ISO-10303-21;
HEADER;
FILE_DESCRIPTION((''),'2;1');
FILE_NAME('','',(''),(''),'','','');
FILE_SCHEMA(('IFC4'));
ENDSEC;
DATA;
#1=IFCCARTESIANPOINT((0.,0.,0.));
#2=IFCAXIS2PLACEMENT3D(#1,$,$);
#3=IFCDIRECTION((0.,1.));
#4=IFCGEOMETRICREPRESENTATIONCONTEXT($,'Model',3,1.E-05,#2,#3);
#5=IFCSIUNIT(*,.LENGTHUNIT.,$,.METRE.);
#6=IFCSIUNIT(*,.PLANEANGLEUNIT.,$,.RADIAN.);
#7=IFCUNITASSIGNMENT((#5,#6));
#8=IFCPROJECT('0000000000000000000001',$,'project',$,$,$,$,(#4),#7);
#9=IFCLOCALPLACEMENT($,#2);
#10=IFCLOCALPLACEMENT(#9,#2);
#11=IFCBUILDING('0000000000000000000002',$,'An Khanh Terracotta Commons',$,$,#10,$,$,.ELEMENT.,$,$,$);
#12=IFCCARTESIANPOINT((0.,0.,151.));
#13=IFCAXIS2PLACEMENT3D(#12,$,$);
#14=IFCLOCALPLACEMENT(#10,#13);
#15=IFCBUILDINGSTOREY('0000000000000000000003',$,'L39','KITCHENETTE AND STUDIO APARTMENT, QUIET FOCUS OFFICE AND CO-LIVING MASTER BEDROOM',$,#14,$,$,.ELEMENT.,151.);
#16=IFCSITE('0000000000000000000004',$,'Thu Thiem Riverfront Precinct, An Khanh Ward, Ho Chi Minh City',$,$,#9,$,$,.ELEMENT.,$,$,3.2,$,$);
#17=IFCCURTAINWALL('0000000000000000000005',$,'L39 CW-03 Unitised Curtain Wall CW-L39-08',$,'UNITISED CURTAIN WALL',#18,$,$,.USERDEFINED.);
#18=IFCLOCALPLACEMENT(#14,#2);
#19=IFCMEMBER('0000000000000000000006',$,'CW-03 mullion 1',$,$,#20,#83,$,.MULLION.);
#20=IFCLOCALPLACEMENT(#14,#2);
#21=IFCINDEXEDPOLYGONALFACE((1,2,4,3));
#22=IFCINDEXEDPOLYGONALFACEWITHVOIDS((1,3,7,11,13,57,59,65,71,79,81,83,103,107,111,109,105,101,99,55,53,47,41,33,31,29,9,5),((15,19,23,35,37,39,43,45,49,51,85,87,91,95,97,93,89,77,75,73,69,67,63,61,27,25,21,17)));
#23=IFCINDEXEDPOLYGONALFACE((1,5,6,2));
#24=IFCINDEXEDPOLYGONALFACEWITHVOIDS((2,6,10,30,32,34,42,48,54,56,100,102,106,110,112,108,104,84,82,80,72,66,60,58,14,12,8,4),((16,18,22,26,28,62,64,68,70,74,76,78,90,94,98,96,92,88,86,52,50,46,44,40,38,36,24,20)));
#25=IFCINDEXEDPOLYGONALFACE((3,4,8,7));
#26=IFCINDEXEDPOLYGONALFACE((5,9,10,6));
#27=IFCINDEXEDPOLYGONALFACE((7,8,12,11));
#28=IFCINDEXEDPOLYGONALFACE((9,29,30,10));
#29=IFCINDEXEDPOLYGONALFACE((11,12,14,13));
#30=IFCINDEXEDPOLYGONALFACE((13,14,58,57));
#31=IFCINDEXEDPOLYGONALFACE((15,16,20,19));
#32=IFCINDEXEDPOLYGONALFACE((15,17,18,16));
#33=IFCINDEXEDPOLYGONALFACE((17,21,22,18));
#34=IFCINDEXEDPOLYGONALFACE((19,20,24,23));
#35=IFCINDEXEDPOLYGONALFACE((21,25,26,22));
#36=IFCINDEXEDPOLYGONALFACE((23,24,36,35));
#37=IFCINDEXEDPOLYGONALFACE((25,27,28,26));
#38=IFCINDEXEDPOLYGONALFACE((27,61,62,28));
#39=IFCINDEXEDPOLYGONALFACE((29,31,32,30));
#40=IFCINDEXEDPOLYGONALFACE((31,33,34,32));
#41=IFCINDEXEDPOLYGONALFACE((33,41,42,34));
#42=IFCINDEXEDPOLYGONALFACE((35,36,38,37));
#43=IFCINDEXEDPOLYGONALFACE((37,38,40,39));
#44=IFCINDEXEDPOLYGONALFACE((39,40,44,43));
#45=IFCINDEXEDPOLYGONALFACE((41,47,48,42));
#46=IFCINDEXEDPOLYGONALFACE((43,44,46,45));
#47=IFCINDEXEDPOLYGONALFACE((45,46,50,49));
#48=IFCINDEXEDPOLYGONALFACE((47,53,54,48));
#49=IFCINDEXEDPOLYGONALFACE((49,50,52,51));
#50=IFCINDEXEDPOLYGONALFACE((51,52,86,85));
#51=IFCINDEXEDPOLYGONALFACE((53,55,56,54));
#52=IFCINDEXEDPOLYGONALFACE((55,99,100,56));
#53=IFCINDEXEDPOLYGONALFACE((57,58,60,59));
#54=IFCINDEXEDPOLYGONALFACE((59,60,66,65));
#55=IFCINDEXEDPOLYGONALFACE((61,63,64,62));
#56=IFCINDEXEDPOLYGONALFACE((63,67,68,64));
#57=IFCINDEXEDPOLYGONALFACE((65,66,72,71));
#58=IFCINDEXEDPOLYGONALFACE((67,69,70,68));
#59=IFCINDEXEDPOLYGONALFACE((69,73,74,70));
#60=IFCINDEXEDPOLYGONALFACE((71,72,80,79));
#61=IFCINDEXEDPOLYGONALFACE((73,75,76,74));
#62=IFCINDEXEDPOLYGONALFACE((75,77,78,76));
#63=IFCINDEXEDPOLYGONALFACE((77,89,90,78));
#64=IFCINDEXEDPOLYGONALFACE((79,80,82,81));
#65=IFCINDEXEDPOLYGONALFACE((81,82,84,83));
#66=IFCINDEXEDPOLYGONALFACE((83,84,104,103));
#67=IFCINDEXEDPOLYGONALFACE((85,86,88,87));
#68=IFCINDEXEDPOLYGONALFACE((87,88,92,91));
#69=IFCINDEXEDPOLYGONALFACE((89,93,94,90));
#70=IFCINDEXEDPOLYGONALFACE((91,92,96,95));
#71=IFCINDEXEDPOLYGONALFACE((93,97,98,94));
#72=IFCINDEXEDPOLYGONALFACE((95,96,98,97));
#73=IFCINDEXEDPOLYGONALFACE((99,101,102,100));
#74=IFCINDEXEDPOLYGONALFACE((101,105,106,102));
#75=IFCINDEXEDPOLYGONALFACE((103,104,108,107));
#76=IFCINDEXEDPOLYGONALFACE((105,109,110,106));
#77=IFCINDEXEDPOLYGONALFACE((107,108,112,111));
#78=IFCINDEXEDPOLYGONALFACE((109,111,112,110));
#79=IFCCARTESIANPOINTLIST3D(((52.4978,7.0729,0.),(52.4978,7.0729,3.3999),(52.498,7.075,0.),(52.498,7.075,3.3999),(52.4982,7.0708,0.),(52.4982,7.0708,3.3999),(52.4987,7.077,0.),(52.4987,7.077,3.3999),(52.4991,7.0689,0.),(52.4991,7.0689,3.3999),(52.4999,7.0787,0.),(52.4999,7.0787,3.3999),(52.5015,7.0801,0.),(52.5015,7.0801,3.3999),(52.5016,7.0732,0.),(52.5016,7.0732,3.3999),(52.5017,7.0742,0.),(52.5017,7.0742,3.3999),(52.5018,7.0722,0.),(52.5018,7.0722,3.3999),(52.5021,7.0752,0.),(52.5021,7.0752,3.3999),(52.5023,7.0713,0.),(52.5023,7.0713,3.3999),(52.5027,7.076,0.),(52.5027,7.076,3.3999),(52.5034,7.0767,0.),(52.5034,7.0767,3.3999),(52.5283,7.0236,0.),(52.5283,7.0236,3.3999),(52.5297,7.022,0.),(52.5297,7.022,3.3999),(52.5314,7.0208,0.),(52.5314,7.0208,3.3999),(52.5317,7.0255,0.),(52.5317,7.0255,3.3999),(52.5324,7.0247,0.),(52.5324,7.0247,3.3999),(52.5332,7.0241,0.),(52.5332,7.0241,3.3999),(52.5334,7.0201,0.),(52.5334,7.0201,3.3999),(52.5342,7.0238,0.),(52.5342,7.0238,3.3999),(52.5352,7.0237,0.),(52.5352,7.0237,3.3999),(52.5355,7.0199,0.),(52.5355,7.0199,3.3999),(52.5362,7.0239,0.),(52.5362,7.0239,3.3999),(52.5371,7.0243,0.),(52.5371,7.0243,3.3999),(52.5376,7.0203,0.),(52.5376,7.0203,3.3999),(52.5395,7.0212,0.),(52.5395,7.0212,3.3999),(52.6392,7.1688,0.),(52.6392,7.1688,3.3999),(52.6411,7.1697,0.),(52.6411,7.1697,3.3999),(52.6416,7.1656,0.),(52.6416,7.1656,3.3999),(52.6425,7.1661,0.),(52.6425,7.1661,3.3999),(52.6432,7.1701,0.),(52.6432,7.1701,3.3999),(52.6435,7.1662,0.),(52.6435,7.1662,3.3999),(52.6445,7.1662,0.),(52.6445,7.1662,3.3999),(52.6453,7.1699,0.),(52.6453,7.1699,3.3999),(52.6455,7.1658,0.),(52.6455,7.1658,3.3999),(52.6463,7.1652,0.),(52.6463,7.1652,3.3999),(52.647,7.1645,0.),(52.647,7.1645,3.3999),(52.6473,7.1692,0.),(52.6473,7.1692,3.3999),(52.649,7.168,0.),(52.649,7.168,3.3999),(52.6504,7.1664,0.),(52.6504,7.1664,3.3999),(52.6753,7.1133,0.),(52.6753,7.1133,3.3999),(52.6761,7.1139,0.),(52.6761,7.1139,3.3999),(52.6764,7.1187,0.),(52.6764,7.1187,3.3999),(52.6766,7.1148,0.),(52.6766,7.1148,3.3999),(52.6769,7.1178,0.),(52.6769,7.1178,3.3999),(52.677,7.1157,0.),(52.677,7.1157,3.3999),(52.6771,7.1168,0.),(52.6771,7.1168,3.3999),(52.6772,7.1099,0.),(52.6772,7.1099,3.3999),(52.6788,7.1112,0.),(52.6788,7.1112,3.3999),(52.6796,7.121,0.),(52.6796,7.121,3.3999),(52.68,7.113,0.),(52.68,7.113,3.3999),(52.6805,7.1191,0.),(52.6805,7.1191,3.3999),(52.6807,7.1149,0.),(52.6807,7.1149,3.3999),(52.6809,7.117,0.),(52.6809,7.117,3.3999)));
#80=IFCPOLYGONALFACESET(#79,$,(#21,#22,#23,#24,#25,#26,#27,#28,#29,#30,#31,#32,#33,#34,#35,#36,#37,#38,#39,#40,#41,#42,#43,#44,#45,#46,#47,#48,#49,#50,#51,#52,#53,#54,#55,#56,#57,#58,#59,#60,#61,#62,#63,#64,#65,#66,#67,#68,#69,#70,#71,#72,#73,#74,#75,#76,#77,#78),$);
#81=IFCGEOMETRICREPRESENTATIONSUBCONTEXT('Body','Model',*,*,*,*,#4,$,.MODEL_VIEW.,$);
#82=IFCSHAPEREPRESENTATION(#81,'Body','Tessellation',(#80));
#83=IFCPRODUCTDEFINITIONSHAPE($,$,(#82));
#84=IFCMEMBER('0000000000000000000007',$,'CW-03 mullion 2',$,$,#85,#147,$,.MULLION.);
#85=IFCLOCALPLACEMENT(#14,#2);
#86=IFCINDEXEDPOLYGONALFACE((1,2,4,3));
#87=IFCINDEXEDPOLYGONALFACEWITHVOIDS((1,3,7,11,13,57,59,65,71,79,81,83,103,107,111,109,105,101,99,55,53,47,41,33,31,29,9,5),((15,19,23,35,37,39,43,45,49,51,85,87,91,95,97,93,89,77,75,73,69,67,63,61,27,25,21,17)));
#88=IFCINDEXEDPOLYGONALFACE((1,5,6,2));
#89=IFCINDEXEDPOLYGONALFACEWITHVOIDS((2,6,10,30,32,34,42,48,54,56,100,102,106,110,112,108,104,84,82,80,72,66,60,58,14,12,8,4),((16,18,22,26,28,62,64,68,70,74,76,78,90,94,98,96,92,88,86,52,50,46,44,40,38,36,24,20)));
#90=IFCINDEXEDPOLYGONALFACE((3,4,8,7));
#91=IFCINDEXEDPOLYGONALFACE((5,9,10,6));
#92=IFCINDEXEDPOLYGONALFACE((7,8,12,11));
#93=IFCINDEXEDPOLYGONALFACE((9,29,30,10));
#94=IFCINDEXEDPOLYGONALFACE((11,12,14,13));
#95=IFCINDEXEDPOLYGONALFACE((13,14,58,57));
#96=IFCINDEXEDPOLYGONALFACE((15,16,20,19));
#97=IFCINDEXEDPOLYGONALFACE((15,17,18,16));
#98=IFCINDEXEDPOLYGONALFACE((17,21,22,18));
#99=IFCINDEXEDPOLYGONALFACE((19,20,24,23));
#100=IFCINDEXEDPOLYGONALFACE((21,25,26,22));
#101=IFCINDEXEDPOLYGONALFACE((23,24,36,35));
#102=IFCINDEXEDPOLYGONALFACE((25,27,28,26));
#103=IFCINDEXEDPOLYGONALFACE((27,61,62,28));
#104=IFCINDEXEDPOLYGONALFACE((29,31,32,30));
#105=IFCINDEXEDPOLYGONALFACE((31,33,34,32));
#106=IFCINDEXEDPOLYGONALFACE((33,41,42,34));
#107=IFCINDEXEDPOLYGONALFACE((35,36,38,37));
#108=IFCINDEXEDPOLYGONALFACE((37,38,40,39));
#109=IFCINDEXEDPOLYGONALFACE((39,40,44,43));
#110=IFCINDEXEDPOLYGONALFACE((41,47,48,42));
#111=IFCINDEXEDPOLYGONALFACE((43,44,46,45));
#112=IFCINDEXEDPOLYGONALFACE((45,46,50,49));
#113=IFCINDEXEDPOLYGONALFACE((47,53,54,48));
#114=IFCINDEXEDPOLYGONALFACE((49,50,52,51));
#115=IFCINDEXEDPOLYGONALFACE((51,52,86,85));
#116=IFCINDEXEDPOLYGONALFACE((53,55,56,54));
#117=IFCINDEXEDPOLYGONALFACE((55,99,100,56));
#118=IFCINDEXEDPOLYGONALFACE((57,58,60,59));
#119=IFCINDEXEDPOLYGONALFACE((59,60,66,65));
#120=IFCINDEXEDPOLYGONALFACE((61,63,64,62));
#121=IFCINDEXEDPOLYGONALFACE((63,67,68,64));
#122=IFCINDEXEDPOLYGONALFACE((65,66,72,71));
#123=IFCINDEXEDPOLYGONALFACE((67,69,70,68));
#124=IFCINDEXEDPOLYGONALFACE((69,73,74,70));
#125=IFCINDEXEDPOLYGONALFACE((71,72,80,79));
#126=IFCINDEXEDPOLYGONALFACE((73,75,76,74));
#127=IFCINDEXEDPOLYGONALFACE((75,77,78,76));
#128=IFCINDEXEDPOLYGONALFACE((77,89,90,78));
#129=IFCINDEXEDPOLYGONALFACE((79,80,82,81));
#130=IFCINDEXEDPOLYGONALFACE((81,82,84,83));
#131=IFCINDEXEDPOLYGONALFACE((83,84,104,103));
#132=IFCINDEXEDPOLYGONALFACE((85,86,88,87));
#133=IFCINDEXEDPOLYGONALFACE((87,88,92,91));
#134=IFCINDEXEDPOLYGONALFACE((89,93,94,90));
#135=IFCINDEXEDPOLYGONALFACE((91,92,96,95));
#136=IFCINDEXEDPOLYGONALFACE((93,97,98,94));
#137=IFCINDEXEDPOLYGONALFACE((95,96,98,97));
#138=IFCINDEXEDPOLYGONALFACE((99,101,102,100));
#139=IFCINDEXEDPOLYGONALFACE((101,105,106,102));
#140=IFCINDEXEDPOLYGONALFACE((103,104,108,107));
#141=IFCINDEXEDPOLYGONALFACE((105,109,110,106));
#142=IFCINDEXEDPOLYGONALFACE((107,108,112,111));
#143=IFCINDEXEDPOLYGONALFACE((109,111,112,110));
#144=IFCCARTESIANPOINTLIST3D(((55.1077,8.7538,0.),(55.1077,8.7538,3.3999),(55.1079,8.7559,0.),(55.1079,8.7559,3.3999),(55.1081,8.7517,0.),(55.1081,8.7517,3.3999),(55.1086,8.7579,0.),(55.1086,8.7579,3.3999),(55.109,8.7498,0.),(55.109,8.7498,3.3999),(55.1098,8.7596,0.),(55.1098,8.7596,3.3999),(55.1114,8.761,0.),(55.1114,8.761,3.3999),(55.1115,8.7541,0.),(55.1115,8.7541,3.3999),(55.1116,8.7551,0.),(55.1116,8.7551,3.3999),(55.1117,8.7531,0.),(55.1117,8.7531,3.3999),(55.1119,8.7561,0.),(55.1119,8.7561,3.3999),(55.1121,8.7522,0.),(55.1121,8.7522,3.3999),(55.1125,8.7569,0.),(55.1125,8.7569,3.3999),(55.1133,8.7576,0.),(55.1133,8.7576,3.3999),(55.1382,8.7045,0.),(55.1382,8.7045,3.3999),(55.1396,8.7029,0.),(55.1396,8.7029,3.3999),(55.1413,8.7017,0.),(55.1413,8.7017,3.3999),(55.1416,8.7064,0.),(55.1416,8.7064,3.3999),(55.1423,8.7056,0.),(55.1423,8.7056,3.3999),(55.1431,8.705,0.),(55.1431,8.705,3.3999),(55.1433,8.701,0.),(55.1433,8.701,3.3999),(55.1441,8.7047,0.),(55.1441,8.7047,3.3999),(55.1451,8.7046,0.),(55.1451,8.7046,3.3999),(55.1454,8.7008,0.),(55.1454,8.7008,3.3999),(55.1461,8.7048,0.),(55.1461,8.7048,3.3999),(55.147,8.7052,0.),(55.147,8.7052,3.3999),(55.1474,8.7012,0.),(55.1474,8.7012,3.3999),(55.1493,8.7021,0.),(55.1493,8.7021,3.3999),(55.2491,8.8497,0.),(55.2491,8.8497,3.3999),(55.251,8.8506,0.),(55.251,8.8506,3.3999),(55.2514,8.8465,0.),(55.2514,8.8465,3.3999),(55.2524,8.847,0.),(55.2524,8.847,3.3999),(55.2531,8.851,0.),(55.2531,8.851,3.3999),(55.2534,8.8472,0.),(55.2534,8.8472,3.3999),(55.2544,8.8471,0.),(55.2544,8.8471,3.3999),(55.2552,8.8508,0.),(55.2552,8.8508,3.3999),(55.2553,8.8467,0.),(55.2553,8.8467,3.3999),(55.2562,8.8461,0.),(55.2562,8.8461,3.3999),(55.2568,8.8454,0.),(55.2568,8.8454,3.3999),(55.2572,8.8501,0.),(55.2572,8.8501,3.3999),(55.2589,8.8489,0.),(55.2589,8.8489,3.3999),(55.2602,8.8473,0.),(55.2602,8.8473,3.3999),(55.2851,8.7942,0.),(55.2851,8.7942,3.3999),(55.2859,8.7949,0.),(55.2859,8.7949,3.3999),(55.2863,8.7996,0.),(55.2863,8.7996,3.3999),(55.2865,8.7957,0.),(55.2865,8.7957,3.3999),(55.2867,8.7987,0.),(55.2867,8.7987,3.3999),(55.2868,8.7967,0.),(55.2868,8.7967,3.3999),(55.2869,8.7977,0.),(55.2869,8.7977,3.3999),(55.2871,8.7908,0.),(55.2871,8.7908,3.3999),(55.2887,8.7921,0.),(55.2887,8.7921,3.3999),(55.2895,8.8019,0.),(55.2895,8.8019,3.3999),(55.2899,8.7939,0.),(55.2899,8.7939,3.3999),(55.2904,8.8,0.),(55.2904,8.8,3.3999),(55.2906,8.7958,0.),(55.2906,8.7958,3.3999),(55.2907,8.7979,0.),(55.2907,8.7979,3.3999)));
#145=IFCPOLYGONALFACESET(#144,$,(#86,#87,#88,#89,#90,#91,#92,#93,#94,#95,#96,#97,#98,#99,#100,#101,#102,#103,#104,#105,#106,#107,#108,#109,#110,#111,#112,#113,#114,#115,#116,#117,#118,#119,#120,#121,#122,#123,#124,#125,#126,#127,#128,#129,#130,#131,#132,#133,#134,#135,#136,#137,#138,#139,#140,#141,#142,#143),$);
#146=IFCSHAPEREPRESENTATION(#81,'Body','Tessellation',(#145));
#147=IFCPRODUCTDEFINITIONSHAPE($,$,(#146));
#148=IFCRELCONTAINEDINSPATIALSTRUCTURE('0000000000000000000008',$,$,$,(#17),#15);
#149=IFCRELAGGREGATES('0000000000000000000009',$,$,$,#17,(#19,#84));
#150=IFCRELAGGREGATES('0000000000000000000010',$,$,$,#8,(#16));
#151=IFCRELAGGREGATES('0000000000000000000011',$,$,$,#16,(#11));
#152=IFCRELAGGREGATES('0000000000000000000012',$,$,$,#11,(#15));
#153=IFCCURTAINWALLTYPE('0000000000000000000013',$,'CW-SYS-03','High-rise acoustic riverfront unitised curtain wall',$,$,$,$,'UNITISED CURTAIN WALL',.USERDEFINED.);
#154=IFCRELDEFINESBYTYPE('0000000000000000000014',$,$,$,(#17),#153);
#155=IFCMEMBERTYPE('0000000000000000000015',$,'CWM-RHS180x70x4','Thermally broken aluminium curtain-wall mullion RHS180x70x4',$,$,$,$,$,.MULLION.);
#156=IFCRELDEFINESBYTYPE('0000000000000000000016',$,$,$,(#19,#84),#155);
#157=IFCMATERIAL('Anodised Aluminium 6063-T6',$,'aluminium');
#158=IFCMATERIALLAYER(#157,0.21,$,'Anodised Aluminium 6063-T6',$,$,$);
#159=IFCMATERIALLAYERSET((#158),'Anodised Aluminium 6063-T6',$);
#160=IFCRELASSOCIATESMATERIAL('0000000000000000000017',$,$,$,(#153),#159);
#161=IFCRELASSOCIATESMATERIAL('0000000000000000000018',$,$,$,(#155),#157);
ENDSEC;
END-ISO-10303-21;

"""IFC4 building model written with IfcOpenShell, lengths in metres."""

from ifc_helpers import new_model, si_unit, direction, frame, origin, origin_2d, place, context, subcontext, project, spatial, hollow_rectangle, extrude, material, layer, layer_set, material_profile, profile_set, type_object, element, aggregate, save


model = new_model("IFC4")

# Units and contexts
model_context = context("Model", 3, precision=1e-05, world=origin(), true_north=direction((0.0, 1.0)))
body_context = subcontext(model_context, "Body", "Model", "MODEL_VIEW")
ifc_project = project(units=[si_unit("LENGTHUNIT", "METRE"), si_unit("PLANEANGLEUNIT", "RADIAN")], contexts=[model_context])

# Site, building, storey
site_placement = place(None, origin())
site = spatial("IfcSite", under=ifc_project, at=site_placement, Name="Thu Thiem Riverfront Precinct, An Khanh Ward, Ho Chi Minh City", CompositionType="ELEMENT", RefElevation=3.2)
building_placement = place(site_placement, origin())
building = spatial("IfcBuilding", under=site, at=building_placement, Name="An Khanh Terracotta Commons", CompositionType="ELEMENT")
storey_placement = place(building_placement, frame((0.0, 0.0, 151.0)))
storey = spatial("IfcBuildingStorey", under=building, at=storey_placement, Name="L39", Description="KITCHENETTE AND STUDIO APARTMENT, QUIET FOCUS OFFICE AND CO-LIVING MASTER BEDROOM", CompositionType="ELEMENT", Elevation=151.0)

# Curtain wall, members
ifc_material_1 = material(Name="Anodised Aluminium 6063-T6", Category="aluminium")
ifc_layer_1 = layer(ifc_material_1, 0.21, Name="Anodised Aluminium 6063-T6")
ifc_layer_set_1 = layer_set([ifc_layer_1], Name="Anodised Aluminium 6063-T6")
curtain_wall_type = type_object("IfcCurtainWallType", Name="CW-SYS-03", Description="High-rise acoustic riverfront unitised curtain wall", ElementType="UNITISED CURTAIN WALL", PredefinedType="USERDEFINED", material=ifc_layer_set_1)
curtain_wall_placement = place(storey_placement, origin())
curtain_wall = element("IfcCurtainWall", 1, at=curtain_wall_placement, inside=storey, type_object=curtain_wall_type, Name="L39 CW-03 Unitised Curtain Wall CW-L39-08", ObjectType="UNITISED CURTAIN WALL", PredefinedType="USERDEFINED")
ifc_material_profile_1 = material_profile(ifc_material_1, hollow_rectangle(XDim=0.0701, YDim=0.1799, WallThickness=0.0039, InnerFilletRadius=0.0039, OuterFilletRadius=0.0081, at=origin_2d()), Name="RHS180x70x4")
ifc_profile_set_1 = profile_set([ifc_material_profile_1], Name="Anodised Aluminium 6063-T6")
member_type_1 = type_object("IfcMemberType", Name="CWM-RHS180x70x4", Description="Thermally broken aluminium curtain-wall mullion RHS180x70x4", PredefinedType="MULLION", material=ifc_profile_set_1)
member_1_placement = place(storey_placement, frame((52.5894, 7.095, 0.0), z_axis=(0.0, 0.0, 1.0), x_axis=(-0.541498, 0.840702, 0.0)))
member_1 = element("IfcMember", 2, at=member_1_placement, type_object=member_type_1, Name="CW-03 mullion 1", PredefinedType="MULLION", context=body_context, shape_type="SweptSolid", body=[
    extrude(hollow_rectangle(XDim=0.0701, YDim=0.1799, WallThickness=0.0039, InnerFilletRadius=0.0039, OuterFilletRadius=0.0081, at=origin_2d()), origin(), (0.0, 0.0, 1.0), 3.3999),
])
member_2_placement = place(storey_placement, frame((55.1992, 8.7759, 0.0), z_axis=(0.0, 0.0, 1.0), x_axis=(-0.541498, 0.840702, 0.0)))
member_2 = element("IfcMember", 3, at=member_2_placement, type_object=member_type_1, Name="CW-03 mullion 2", PredefinedType="MULLION", context=body_context, shape_type="SweptSolid", body=[
    extrude(hollow_rectangle(XDim=0.0701, YDim=0.1799, WallThickness=0.0039, InnerFilletRadius=0.0039, OuterFilletRadius=0.0081, at=origin_2d()), origin(), (0.0, 0.0, 1.0), 3.3999),
])
aggregate(curtain_wall, [member_1, member_2])

save(model, "model.ifc")
